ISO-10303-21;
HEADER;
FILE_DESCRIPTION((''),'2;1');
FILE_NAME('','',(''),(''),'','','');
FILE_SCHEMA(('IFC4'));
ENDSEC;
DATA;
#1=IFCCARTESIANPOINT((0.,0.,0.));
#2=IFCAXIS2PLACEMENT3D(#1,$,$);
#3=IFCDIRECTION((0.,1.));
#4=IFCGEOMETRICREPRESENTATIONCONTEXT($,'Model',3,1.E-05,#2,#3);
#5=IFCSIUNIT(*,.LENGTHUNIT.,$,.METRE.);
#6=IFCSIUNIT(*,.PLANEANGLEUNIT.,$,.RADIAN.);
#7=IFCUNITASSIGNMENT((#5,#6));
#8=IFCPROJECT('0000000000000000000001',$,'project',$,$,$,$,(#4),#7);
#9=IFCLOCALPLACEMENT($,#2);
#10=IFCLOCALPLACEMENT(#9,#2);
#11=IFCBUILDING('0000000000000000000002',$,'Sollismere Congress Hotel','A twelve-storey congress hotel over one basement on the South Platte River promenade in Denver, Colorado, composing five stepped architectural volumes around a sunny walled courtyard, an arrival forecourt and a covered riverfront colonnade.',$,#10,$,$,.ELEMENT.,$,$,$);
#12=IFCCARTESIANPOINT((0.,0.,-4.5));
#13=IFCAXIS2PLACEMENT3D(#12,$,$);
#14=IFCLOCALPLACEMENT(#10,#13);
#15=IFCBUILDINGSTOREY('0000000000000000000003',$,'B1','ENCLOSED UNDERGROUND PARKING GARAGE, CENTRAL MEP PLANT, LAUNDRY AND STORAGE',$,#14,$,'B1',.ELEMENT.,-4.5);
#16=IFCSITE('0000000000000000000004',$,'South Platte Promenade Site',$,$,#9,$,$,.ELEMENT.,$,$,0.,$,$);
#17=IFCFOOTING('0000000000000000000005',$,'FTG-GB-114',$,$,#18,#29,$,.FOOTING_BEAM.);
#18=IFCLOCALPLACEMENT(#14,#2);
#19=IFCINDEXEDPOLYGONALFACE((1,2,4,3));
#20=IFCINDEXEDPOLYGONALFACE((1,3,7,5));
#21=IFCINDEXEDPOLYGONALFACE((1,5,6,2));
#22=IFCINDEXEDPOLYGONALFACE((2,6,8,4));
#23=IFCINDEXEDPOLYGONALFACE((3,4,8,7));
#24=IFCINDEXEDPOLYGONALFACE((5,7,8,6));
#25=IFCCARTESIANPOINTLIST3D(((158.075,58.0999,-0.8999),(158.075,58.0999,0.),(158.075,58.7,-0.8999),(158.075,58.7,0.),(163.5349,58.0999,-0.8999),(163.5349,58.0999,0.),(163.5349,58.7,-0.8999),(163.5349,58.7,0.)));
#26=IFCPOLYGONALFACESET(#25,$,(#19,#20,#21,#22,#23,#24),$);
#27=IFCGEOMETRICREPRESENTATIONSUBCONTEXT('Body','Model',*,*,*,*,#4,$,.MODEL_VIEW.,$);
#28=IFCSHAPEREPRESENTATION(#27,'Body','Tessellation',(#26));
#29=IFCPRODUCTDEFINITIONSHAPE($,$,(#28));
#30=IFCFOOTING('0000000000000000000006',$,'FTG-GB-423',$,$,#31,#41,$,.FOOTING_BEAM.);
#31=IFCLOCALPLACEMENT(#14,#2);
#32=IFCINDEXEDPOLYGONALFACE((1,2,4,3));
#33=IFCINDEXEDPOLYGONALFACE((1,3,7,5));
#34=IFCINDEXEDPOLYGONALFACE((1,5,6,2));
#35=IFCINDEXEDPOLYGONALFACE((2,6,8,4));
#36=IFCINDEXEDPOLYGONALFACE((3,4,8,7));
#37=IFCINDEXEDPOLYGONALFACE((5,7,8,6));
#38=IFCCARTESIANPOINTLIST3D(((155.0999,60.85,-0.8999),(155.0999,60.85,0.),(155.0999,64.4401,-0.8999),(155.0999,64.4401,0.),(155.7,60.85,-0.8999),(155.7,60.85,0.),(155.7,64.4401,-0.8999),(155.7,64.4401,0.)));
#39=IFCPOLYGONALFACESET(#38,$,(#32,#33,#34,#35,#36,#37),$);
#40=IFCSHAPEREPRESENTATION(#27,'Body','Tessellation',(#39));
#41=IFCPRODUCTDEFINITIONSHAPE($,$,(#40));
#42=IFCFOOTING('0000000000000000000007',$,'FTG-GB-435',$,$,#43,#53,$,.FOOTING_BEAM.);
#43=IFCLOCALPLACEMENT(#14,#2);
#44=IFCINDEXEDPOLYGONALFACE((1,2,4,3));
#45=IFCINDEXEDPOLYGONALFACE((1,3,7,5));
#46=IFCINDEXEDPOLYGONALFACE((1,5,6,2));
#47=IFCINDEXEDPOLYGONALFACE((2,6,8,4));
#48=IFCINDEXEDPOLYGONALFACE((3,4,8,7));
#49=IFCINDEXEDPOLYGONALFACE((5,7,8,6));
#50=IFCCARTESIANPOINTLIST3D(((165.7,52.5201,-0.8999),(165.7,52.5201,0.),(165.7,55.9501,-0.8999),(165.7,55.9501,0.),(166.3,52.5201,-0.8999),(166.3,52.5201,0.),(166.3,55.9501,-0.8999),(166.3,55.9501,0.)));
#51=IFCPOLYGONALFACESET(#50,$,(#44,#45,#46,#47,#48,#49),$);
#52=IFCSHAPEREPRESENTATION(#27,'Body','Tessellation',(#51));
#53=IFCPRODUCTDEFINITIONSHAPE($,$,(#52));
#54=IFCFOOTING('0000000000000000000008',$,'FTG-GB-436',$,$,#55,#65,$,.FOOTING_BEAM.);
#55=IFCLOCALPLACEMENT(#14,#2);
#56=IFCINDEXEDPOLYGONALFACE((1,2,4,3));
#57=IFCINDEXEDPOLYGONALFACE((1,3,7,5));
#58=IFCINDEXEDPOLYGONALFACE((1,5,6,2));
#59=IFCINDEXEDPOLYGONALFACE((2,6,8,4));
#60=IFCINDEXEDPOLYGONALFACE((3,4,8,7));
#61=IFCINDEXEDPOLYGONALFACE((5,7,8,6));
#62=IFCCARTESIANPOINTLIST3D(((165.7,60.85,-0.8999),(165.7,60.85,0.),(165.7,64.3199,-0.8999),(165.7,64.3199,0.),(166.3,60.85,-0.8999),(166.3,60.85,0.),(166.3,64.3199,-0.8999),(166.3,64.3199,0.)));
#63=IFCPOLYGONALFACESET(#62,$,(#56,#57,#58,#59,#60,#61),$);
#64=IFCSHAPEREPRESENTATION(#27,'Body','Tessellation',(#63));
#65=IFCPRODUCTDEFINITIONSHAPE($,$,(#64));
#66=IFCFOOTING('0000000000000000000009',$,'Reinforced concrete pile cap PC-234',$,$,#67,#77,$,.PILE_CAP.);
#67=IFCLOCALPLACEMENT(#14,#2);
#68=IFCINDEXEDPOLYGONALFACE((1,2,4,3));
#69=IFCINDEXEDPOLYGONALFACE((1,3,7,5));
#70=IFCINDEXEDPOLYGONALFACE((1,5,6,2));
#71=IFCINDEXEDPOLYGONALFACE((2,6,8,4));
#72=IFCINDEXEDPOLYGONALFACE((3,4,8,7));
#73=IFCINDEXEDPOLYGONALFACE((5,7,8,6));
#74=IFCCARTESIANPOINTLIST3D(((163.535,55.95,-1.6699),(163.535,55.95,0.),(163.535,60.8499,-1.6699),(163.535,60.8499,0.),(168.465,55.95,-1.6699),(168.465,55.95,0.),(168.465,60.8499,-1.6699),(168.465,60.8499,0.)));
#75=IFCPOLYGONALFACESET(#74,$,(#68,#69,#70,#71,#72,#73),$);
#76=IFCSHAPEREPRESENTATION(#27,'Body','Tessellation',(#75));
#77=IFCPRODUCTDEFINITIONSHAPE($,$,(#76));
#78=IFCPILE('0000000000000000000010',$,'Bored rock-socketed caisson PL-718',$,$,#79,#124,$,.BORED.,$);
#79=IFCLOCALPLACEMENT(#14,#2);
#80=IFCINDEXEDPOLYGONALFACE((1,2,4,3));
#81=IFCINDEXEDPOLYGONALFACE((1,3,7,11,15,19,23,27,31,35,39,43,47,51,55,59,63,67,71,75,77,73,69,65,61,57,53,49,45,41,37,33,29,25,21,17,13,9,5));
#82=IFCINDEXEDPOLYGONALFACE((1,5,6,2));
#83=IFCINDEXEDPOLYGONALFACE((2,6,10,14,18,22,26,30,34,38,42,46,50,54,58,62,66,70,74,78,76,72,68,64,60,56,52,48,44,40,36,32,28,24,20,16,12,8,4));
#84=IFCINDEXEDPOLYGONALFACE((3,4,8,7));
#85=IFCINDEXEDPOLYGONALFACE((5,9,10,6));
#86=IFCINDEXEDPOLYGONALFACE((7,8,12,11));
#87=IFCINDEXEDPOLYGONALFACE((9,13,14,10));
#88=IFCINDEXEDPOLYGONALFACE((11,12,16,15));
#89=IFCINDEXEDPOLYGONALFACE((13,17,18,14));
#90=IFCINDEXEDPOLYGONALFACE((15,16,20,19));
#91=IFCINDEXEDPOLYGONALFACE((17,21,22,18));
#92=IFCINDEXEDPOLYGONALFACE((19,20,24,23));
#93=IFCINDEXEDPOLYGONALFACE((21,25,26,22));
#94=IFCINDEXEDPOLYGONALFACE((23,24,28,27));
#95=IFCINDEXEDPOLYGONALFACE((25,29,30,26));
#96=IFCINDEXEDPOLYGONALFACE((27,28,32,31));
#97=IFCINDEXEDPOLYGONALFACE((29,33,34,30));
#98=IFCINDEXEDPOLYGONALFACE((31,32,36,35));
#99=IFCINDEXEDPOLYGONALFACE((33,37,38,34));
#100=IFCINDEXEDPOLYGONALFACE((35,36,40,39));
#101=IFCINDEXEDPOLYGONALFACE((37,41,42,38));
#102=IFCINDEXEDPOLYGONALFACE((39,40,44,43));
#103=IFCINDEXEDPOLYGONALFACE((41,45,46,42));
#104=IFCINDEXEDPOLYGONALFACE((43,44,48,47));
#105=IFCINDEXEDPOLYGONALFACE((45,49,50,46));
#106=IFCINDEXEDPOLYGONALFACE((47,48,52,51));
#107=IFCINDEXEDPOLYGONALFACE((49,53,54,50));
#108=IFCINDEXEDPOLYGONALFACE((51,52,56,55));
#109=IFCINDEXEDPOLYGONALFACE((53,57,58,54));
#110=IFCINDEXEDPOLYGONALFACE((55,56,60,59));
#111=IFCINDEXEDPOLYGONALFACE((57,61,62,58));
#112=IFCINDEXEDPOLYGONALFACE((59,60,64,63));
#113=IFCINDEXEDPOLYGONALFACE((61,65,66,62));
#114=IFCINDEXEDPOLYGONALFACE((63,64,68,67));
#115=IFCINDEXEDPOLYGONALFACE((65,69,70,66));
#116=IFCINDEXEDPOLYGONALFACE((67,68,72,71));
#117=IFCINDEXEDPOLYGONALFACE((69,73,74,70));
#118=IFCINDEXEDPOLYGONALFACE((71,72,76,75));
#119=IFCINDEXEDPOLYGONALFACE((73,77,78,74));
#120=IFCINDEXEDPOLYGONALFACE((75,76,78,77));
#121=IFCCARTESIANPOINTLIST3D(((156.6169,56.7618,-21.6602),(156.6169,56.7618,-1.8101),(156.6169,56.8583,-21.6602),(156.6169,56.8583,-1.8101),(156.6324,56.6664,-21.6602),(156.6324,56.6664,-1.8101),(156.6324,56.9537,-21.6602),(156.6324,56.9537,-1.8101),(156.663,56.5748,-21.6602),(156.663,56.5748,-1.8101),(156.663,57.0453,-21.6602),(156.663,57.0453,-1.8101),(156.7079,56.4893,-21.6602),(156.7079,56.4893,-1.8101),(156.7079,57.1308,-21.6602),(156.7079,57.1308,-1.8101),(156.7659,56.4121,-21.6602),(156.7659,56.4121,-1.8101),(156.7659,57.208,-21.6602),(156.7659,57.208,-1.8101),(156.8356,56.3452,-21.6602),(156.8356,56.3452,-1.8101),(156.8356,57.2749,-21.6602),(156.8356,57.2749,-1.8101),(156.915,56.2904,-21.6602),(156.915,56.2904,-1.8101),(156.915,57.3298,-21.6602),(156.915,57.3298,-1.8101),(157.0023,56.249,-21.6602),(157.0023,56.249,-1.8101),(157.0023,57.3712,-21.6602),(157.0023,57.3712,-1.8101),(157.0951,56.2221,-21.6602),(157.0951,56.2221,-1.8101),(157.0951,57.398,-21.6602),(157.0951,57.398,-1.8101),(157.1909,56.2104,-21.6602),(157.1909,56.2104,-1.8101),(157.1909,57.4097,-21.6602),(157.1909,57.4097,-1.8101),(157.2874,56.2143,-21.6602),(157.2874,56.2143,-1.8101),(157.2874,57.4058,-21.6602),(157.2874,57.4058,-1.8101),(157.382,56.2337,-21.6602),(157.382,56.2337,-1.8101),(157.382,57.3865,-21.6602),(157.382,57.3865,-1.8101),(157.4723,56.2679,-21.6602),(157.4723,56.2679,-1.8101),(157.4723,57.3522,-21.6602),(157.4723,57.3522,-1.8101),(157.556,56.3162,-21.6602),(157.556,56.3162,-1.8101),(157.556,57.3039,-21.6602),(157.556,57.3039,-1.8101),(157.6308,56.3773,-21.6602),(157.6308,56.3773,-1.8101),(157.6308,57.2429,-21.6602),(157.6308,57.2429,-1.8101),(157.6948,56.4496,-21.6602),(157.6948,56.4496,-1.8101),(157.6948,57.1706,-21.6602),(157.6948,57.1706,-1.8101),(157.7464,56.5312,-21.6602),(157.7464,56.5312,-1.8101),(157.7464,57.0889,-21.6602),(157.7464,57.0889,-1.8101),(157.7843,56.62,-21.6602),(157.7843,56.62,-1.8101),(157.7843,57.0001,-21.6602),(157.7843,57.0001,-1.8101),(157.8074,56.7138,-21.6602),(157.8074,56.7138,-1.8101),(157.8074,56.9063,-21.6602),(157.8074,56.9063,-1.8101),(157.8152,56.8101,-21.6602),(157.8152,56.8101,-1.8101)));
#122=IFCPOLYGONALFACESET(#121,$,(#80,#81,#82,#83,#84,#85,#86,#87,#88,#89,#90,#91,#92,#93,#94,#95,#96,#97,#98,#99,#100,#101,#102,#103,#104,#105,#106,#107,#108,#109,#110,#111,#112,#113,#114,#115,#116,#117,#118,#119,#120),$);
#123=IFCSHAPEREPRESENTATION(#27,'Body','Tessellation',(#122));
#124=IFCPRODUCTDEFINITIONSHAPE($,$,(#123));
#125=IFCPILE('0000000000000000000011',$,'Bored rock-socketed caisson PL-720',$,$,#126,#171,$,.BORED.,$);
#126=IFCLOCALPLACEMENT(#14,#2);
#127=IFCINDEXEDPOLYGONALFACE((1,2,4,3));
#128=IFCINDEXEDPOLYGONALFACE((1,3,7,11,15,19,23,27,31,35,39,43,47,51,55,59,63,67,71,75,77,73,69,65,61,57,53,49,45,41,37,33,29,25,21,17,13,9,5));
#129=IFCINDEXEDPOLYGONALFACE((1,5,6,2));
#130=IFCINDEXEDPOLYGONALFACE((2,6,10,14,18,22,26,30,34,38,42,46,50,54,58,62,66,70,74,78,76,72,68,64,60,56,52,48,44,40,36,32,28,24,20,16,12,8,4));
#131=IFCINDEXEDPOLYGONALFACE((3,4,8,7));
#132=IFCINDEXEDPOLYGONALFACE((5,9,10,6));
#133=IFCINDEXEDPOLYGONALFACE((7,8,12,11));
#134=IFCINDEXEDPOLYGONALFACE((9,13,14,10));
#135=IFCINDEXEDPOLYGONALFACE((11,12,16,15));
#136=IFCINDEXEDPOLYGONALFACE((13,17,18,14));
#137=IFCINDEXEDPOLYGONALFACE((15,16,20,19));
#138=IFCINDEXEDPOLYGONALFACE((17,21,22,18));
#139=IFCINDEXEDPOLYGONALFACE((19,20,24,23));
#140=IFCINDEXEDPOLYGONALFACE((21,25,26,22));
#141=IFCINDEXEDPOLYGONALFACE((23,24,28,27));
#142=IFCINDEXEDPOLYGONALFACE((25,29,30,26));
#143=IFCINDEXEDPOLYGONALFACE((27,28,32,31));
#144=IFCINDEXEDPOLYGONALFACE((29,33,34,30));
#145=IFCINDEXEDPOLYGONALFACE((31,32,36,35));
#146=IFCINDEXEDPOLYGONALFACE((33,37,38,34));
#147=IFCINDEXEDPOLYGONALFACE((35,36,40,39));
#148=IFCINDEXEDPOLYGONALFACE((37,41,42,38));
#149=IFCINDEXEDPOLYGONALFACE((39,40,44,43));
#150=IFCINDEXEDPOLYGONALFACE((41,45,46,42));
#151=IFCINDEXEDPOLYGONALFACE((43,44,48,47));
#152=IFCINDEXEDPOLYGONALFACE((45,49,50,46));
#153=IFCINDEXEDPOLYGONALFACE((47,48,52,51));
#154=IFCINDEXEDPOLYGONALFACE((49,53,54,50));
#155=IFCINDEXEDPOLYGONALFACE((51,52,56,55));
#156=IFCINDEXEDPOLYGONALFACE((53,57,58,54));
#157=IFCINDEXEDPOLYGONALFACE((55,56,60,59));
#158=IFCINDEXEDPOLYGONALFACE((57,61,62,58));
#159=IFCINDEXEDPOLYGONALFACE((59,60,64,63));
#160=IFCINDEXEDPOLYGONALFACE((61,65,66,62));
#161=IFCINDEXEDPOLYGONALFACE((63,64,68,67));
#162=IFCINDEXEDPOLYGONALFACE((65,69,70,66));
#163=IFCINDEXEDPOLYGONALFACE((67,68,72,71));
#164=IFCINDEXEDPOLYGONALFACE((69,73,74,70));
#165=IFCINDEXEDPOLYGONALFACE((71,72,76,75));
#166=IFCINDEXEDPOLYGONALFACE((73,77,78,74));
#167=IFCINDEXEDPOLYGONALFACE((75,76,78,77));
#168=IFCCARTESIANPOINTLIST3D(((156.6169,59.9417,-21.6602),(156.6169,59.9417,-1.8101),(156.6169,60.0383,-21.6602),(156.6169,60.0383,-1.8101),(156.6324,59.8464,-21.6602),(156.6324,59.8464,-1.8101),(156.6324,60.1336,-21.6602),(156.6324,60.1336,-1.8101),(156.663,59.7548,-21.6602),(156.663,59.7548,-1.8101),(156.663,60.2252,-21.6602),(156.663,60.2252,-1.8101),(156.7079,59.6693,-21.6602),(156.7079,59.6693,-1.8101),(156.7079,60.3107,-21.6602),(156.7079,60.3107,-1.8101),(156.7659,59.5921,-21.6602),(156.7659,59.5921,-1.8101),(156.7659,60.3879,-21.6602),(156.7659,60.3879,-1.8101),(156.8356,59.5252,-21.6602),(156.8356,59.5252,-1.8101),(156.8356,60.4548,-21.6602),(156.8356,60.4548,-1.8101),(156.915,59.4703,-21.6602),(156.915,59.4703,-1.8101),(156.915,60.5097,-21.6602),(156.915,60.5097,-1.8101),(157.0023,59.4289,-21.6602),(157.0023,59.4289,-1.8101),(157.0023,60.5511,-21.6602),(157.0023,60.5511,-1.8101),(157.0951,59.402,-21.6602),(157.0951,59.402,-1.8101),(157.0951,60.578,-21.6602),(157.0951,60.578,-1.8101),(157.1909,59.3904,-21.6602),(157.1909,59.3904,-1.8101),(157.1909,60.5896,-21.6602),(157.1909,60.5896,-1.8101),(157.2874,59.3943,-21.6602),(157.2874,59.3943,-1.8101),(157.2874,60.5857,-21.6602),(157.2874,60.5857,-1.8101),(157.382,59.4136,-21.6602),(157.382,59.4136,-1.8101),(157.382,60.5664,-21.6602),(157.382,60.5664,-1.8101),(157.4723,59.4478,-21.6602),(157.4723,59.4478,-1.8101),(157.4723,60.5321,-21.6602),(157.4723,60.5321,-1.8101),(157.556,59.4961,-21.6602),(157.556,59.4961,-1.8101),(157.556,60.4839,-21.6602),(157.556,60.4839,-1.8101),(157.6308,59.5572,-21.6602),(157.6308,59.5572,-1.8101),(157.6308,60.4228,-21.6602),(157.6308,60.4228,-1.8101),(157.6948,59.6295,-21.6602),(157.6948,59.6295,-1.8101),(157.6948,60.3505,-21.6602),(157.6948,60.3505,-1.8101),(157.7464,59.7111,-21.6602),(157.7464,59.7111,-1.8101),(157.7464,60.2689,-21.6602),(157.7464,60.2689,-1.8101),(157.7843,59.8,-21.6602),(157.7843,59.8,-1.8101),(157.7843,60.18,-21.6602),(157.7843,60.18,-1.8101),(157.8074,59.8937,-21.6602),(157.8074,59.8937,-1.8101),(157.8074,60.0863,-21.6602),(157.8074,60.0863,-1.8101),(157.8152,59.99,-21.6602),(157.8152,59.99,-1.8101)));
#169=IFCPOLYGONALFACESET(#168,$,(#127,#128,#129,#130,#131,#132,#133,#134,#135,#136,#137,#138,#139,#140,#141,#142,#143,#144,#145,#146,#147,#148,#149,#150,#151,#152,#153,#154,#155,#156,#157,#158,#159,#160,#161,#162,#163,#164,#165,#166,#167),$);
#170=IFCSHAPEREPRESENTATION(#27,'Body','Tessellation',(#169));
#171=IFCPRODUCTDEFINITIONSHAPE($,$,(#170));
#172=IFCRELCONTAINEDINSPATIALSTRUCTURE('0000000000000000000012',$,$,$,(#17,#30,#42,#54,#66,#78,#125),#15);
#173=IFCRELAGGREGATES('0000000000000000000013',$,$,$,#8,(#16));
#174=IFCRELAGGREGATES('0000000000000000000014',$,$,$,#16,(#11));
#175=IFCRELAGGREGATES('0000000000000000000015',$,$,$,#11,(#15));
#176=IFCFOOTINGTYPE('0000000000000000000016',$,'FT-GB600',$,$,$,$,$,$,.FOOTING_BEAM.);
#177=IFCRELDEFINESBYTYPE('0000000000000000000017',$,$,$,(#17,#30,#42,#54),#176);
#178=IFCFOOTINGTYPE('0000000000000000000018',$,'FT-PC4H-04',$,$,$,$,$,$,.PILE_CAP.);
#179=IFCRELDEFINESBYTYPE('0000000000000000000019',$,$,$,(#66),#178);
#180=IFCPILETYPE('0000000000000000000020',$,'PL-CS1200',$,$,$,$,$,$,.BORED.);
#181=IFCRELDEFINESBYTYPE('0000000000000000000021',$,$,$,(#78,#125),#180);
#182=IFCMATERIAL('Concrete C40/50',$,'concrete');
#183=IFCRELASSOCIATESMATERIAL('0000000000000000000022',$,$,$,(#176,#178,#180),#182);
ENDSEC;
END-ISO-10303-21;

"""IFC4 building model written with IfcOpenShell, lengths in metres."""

from ifc_helpers import new_model, si_unit, direction, frame, origin, origin_2d, place, context, subcontext, project, spatial, rectangle, circle, extrude, material, material_profile, profile_set, type_object, element, save


model = new_model("IFC4")

# Units and contexts
model_context = context("Model", 3, precision=1e-05, world=origin(), true_north=direction((0.0, 1.0)))
body_context = subcontext(model_context, "Body", "Model", "MODEL_VIEW")
ifc_project = project(units=[si_unit("LENGTHUNIT", "METRE"), si_unit("PLANEANGLEUNIT", "RADIAN")], contexts=[model_context])

# Site, building, storey
site_placement = place(None, origin())
site = spatial("IfcSite", under=ifc_project, at=site_placement, Name="South Platte Promenade Site", CompositionType="ELEMENT", RefElevation=0.0)
building_placement = place(site_placement, origin())
building = spatial("IfcBuilding", under=site, at=building_placement, Name="Sollismere Congress Hotel", Description="A twelve-storey congress hotel over one basement on the South Platte River promenade in Denver, Colorado, composing five stepped architectural volumes around a sunny walled courtyard, an arrival forecourt and a covered riverfront colonnade.", CompositionType="ELEMENT")
storey_placement = place(building_placement, frame((0.0, 0.0, -4.5)))
storey = spatial("IfcBuildingStorey", under=building, at=storey_placement, Name="B1", Description="ENCLOSED UNDERGROUND PARKING GARAGE, CENTRAL MEP PLANT, LAUNDRY AND STORAGE", LongName="B1", CompositionType="ELEMENT", Elevation=-4.5)

# Footings
ifc_material_1 = material(Name="Concrete C40/50", Category="concrete")
footing_type_1 = type_object("IfcFootingType", Name="FT-GB600", PredefinedType="FOOTING_BEAM", material=ifc_material_1)
footing_1_placement = place(storey_placement, frame((160.8049, 58.3999, -0.8999), z_axis=(0.0, 0.0, 1.0), x_axis=(1.0, 0.0, 0.0)))
element("IfcFooting", 1, at=footing_1_placement, inside=storey, type_object=footing_type_1, Name="FTG-GB-114", PredefinedType="FOOTING_BEAM", context=body_context, shape_type="SweptSolid", body=[
    extrude(rectangle(XDim=5.46, YDim=0.6001, at=origin_2d()), origin(), (0.0, 0.0, 1.0), 0.8999),
])
footing_2_placement = place(storey_placement, frame((155.3999, 62.645, -0.8999), z_axis=(0.0, 0.0, 1.0), x_axis=(0.0, 1.0, 0.0)))
element("IfcFooting", 2, at=footing_2_placement, inside=storey, type_object=footing_type_1, Name="FTG-GB-423", PredefinedType="FOOTING_BEAM", context=body_context, shape_type="SweptSolid", body=[
    extrude(rectangle(XDim=3.5901, YDim=0.6001, at=origin_2d()), origin(), (0.0, 0.0, 1.0), 0.8999),
])
footing_3_placement = place(storey_placement, frame((166.0, 54.2351, -0.8999), z_axis=(0.0, 0.0, 1.0), x_axis=(0.0, 1.0, 0.0)))
element("IfcFooting", 3, at=footing_3_placement, inside=storey, type_object=footing_type_1, Name="FTG-GB-435", PredefinedType="FOOTING_BEAM", context=body_context, shape_type="SweptSolid", body=[
    extrude(rectangle(XDim=3.4299, YDim=0.6001, at=origin_2d()), origin(), (0.0, 0.0, 1.0), 0.8999),
])
footing_4_placement = place(storey_placement, frame((166.0, 62.585, -0.8999), z_axis=(0.0, 0.0, 1.0), x_axis=(0.0, 1.0, 0.0)))
element("IfcFooting", 4, at=footing_4_placement, inside=storey, type_object=footing_type_1, Name="FTG-GB-436", PredefinedType="FOOTING_BEAM", context=body_context, shape_type="SweptSolid", body=[
    extrude(rectangle(XDim=3.47, YDim=0.6001, at=origin_2d()), origin(), (0.0, 0.0, 1.0), 0.8999),
])
footing_type_2 = type_object("IfcFootingType", Name="FT-PC4H-04", PredefinedType="PILE_CAP", material=ifc_material_1)
footing_5_placement = place(storey_placement, frame((166.0, 58.3999, -1.6699), z_axis=(0.0, 0.0, 1.0), x_axis=(1.0, 0.0, 0.0)))
element("IfcFooting", 5, at=footing_5_placement, inside=storey, type_object=footing_type_2, Name="Reinforced concrete pile cap PC-234", PredefinedType="PILE_CAP", context=body_context, shape_type="SweptSolid", body=[
    extrude(rectangle(XDim=4.9299, YDim=4.8999, at=origin_2d()), origin(), (0.0, 0.0, 1.0), 1.6699),
])

# Piles
ifc_material_profile_1 = material_profile(ifc_material_1, circle(Radius=0.6001, at=origin_2d()), Name="CAISSON1200")
ifc_profile_set_1 = profile_set([ifc_material_profile_1], Name="Concrete C40/50")
pile_type = type_object("IfcPileType", Name="PL-CS1200", PredefinedType="BORED", material=ifc_profile_set_1)
for number, where, z_axis, x_axis, name in (
    (6, (157.2151, 56.8101, -1.8101), (0.0, 0.0, -1.0), (1.0, 0.0, 0.0), "Bored rock-socketed caisson PL-718"),
    (7, (157.2151, 59.99, -1.8101), (0.0, 0.0, -1.0), (1.0, 0.0, 0.0), "Bored rock-socketed caisson PL-720"),
):
    element("IfcPile", number, at=place(storey_placement, frame(where, z_axis=z_axis, x_axis=x_axis)), inside=storey, type_object=pile_type, Name=name, PredefinedType="BORED", context=body_context, shape_type="SweptSolid", body=[
        extrude(circle(Radius=0.6001, at=origin_2d()), origin(), (0.0, 0.0, 1.0), 19.8501),
    ])

save(model, "model.ifc")
